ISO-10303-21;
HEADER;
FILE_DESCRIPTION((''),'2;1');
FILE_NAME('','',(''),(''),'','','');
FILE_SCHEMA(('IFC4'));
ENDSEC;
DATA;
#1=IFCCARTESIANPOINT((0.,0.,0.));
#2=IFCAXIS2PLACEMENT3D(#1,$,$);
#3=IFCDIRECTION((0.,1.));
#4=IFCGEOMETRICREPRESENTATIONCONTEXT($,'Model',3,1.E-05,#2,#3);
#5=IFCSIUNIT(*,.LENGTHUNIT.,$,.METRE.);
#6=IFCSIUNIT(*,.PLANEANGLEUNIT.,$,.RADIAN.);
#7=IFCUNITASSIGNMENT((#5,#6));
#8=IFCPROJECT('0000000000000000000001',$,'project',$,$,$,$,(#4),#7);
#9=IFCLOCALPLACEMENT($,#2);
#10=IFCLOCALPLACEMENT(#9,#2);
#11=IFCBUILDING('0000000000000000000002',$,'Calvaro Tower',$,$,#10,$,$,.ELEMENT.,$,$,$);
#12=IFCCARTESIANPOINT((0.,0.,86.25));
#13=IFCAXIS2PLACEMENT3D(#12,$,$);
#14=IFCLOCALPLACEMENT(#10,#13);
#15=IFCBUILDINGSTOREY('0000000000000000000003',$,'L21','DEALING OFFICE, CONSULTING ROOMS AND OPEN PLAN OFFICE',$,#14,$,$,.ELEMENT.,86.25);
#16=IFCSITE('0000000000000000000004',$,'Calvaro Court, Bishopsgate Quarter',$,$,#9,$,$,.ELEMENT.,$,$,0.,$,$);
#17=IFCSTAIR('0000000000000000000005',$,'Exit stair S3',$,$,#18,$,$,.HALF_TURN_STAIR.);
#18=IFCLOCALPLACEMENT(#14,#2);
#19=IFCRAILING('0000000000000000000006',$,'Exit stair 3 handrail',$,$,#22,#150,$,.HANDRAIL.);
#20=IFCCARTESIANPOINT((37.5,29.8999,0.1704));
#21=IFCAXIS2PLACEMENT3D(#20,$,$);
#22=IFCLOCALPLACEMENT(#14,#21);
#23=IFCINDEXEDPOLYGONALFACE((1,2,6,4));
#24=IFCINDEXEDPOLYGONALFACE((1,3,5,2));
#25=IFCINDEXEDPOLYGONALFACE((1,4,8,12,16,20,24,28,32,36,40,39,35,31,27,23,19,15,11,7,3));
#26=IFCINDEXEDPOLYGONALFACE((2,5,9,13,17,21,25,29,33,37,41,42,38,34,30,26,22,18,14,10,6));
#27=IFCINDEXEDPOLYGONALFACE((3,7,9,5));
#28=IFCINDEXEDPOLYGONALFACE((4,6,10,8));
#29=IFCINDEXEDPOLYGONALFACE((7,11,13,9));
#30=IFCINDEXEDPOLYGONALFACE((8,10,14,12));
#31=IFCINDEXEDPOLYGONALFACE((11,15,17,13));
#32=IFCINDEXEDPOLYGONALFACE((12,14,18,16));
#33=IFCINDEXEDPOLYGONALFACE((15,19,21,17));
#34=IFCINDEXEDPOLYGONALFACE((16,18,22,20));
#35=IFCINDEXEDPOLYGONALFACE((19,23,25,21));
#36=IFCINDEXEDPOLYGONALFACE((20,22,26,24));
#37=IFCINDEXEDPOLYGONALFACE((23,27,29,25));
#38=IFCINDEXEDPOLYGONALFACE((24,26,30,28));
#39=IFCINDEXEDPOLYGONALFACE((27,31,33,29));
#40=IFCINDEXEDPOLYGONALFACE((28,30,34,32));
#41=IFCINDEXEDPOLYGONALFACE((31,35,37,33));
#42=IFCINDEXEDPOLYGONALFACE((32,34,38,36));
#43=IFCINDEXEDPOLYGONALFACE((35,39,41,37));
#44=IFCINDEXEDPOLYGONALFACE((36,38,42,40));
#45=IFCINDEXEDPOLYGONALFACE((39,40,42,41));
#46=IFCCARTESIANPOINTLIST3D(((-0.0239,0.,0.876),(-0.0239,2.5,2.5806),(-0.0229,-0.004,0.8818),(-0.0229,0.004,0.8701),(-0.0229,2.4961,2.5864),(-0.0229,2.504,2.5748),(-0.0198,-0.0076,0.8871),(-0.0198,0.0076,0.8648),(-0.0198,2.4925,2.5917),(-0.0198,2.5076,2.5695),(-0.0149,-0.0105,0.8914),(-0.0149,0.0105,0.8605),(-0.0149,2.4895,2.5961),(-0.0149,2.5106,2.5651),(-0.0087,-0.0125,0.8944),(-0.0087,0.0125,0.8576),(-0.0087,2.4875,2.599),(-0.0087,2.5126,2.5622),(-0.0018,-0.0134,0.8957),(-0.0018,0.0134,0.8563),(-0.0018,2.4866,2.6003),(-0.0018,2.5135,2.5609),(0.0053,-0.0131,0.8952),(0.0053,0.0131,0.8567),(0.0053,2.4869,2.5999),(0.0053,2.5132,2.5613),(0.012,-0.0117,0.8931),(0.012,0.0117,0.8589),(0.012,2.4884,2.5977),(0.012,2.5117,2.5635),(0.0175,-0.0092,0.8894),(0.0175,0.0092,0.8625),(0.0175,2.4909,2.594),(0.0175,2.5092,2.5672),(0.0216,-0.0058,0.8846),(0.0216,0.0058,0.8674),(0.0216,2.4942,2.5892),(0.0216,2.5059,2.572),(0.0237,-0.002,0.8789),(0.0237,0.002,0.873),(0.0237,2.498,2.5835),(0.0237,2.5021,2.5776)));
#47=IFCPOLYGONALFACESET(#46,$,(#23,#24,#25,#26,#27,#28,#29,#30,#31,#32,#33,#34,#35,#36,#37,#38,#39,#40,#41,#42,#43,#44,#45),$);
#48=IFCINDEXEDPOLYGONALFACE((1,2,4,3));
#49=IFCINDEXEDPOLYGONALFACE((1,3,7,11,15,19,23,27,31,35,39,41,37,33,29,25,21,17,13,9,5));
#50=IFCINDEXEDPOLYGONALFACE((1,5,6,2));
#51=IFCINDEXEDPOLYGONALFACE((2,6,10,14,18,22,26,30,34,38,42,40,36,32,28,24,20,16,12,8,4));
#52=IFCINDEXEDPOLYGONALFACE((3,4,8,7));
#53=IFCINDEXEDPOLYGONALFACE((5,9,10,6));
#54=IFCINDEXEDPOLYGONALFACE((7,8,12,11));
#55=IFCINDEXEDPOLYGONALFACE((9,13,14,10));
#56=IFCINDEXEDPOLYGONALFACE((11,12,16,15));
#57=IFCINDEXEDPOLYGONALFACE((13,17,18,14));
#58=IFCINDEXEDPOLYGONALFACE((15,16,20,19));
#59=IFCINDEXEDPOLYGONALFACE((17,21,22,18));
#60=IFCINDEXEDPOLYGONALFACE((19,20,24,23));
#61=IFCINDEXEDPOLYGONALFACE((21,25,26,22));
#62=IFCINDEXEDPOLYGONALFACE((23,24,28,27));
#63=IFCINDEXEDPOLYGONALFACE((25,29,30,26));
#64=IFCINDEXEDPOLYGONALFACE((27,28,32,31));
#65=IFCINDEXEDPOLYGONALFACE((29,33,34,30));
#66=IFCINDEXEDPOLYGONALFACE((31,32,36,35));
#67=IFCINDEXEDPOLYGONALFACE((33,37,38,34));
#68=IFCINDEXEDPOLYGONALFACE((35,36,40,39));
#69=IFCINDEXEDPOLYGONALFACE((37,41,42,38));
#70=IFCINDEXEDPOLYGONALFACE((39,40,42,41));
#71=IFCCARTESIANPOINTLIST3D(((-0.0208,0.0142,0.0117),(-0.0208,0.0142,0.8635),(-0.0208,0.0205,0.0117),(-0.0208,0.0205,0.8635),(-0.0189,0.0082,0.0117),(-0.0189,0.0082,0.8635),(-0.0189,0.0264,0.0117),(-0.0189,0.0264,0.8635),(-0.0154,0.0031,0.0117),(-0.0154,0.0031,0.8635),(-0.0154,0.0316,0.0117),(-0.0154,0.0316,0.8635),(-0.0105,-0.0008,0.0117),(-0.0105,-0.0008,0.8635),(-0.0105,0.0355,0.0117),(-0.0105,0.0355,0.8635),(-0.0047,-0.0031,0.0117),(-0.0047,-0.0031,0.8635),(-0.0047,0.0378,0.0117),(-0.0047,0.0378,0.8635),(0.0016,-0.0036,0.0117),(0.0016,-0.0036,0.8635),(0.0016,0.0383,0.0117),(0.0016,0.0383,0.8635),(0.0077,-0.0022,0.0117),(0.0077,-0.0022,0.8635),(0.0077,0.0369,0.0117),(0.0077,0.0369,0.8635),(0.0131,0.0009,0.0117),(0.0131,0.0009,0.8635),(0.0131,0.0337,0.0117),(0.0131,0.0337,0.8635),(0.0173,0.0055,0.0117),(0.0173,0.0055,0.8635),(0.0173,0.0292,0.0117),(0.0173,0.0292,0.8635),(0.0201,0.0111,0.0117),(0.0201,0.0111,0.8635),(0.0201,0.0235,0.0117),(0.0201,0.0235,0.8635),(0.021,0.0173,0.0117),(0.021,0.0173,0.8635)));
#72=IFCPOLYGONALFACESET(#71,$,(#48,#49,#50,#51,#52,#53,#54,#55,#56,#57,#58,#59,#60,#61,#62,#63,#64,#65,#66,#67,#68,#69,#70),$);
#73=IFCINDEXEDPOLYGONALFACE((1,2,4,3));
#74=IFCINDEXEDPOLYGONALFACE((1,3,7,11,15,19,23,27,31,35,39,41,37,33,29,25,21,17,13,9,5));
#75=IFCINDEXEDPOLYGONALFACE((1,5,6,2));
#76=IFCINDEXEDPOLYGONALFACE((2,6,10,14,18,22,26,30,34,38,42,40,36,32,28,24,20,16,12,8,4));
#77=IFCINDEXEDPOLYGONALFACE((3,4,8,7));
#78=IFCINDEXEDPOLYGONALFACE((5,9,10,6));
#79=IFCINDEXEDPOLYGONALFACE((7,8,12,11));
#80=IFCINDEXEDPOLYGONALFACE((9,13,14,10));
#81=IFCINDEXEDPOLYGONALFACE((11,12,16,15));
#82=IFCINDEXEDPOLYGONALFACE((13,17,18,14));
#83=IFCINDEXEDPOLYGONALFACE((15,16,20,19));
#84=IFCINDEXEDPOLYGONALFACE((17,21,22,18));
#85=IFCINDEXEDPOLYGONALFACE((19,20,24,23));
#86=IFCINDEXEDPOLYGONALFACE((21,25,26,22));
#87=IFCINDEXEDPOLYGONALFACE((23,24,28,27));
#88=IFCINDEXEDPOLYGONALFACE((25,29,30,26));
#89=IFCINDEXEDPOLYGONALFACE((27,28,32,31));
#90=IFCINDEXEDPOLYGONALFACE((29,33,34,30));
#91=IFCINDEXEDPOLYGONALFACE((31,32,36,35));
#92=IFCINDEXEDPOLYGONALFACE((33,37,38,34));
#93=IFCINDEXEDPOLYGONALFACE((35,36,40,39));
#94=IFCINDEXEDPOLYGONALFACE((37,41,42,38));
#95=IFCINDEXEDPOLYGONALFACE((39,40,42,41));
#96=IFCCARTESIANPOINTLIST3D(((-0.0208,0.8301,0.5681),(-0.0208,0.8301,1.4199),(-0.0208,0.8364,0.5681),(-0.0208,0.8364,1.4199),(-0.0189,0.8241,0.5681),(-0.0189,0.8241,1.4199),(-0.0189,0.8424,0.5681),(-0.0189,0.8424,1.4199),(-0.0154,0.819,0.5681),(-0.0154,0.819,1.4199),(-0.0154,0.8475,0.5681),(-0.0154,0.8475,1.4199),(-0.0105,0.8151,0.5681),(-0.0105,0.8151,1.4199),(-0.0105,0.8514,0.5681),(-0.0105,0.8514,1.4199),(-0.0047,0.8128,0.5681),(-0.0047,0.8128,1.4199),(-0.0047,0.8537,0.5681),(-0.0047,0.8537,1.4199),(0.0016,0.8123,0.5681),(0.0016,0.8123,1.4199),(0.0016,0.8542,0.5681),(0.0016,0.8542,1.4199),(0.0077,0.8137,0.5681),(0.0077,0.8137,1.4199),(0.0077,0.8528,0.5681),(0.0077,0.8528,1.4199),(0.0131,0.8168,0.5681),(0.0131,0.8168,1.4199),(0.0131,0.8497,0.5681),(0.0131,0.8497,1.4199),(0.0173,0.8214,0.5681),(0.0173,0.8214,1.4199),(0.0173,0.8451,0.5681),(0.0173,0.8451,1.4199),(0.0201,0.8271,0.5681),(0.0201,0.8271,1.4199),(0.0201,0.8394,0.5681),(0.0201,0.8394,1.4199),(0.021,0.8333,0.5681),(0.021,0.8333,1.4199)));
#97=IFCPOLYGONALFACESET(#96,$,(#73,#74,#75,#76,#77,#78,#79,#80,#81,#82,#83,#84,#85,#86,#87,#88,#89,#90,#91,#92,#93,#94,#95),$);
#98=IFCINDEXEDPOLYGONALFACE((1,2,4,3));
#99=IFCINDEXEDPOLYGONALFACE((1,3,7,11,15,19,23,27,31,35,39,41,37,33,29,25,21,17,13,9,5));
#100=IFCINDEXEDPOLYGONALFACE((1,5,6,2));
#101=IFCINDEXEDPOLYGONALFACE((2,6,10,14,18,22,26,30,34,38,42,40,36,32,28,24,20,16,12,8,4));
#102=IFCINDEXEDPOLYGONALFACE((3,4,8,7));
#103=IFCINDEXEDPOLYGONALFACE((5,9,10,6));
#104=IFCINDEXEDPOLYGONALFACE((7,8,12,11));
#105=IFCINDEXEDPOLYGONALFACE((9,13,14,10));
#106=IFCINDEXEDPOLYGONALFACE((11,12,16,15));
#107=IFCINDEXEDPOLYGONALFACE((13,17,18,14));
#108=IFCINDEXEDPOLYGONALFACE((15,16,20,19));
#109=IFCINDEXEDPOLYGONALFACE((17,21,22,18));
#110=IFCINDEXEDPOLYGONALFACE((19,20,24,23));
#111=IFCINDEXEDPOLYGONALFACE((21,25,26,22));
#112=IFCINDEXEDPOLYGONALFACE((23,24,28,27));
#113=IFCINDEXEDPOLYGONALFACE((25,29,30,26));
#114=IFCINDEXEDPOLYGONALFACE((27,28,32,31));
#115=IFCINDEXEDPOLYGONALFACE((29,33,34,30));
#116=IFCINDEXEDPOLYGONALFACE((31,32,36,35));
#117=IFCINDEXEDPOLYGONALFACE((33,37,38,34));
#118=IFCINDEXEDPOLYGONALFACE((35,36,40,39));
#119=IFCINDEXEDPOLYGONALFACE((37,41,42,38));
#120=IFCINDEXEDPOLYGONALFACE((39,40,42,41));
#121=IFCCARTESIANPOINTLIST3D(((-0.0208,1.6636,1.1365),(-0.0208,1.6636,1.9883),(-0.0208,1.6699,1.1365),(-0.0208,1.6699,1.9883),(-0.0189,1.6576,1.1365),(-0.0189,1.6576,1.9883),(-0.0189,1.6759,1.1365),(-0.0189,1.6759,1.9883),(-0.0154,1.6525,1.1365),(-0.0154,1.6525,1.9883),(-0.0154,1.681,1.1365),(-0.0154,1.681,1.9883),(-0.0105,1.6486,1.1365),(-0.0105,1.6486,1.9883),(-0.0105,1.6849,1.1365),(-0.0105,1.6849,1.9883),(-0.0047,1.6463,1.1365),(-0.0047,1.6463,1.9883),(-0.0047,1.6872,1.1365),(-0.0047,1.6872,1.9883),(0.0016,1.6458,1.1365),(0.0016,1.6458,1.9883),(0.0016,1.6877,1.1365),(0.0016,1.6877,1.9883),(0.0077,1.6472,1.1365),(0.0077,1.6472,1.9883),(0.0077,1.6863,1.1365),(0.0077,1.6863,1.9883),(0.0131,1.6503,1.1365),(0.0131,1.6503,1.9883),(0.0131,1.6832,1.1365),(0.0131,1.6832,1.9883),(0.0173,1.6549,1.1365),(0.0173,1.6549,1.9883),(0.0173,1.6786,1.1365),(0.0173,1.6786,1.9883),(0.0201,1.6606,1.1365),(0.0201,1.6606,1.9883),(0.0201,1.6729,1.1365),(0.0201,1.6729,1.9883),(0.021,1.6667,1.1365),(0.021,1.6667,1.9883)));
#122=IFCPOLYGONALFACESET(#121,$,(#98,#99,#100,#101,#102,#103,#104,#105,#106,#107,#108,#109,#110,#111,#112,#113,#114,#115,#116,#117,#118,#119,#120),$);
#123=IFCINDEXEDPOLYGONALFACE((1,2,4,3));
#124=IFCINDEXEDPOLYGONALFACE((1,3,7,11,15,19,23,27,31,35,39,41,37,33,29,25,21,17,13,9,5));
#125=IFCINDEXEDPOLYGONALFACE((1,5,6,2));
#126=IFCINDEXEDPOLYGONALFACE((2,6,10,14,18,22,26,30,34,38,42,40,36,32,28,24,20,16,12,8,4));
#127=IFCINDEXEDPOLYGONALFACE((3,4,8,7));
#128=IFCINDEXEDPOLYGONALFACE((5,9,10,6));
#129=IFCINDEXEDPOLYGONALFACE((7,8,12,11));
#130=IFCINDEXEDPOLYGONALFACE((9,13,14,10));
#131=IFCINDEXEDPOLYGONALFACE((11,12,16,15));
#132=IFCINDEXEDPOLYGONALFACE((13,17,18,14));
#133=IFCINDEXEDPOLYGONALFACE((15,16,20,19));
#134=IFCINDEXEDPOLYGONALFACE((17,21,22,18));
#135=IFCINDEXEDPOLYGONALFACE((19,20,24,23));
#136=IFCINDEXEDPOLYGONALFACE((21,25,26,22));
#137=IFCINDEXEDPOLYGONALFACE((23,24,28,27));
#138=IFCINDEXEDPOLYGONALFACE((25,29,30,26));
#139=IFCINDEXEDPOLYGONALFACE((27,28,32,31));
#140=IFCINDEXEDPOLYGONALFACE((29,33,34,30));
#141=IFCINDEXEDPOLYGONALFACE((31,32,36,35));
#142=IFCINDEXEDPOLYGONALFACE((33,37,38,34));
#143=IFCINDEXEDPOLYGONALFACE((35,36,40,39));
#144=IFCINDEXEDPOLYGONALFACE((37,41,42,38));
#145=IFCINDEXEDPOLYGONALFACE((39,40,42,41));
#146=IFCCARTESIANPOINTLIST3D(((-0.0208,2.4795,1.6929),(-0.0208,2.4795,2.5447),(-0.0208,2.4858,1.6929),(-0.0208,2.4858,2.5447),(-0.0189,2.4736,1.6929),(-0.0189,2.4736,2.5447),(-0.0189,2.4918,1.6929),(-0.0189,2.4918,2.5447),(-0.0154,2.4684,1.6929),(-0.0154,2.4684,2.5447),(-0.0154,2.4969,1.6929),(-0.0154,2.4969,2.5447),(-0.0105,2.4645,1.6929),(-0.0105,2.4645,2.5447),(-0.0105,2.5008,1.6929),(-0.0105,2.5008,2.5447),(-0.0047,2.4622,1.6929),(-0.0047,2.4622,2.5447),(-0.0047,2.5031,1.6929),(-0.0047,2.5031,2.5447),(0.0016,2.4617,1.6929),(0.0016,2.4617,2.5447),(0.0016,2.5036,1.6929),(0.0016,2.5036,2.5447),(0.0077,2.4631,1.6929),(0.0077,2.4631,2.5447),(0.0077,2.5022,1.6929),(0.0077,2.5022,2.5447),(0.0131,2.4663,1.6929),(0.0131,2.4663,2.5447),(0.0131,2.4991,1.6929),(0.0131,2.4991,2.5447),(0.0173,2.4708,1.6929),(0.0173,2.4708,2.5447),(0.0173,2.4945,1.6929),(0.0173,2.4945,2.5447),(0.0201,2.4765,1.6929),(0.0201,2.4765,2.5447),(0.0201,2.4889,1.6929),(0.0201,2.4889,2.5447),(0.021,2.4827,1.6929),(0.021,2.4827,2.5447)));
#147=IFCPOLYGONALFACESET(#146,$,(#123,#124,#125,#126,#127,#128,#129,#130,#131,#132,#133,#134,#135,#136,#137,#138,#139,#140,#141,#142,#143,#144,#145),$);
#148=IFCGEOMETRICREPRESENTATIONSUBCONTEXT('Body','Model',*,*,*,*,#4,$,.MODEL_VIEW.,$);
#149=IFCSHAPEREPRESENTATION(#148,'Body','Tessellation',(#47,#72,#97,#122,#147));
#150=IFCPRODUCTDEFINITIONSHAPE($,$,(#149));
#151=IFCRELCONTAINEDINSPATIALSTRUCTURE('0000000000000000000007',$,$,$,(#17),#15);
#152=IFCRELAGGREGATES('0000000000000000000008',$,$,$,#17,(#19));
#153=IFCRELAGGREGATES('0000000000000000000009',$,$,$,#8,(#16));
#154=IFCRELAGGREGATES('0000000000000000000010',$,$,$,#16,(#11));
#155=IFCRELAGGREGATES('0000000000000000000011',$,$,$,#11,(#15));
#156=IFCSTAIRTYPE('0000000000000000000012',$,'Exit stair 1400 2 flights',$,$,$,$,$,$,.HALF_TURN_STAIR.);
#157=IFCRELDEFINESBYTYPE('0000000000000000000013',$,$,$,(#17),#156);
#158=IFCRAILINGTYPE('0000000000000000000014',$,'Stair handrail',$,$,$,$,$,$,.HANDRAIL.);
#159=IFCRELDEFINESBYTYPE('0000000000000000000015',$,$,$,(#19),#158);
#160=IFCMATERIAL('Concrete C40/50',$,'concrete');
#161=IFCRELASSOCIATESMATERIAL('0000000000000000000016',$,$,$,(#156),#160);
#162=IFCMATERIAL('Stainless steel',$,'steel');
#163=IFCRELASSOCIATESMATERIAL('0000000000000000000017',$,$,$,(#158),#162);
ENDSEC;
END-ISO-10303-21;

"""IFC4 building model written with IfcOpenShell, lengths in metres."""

from ifc_helpers import new_model, si_unit, direction, frame, origin, origin_2d, place, context, subcontext, project, spatial, circle, extrude, material, type_object, element, aggregate, save


model = new_model("IFC4")

# Units and contexts
model_context = context("Model", 3, precision=1e-05, world=origin(), true_north=direction((0.0, 1.0)))
body_context = subcontext(model_context, "Body", "Model", "MODEL_VIEW")
ifc_project = project(units=[si_unit("LENGTHUNIT", "METRE"), si_unit("PLANEANGLEUNIT", "RADIAN")], contexts=[model_context])

# Site, building, storey
site_placement = place(None, origin())
site = spatial("IfcSite", under=ifc_project, at=site_placement, Name="Calvaro Court, Bishopsgate Quarter", CompositionType="ELEMENT", RefElevation=0.0)
building_placement = place(site_placement, origin())
building = spatial("IfcBuilding", under=site, at=building_placement, Name="Calvaro Tower", CompositionType="ELEMENT")
storey_placement = place(building_placement, frame((0.0, 0.0, 86.25)))
storey = spatial("IfcBuildingStorey", under=building, at=storey_placement, Name="L21", Description="DEALING OFFICE, CONSULTING ROOMS AND OPEN PLAN OFFICE", CompositionType="ELEMENT", Elevation=86.25)

# Stair
ifc_material_1 = material(Name="Concrete C40/50", Category="concrete")
stair_type = type_object("IfcStairType", Name="Exit stair 1400 2 flights", PredefinedType="HALF_TURN_STAIR", material=ifc_material_1)
stair_1_placement = place(storey_placement, origin())
stair_1 = element("IfcStair", 1, at=stair_1_placement, inside=storey, type_object=stair_type, Name="Exit stair S3", PredefinedType="HALF_TURN_STAIR")

# Railing
ifc_material_2 = material(Name="Stainless steel", Category="steel")
railing_type = type_object("IfcRailingType", Name="Stair handrail", PredefinedType="HANDRAIL", material=ifc_material_2)
railing_1_placement = place(storey_placement, frame((37.5, 29.8999, 0.1704)))
railing_1 = element("IfcRailing", 2, at=railing_1_placement, type_object=railing_type, Name="Exit stair 3 handrail", PredefinedType="HANDRAIL", context=body_context, shape_type="SweptSolid", body=[
    extrude(circle(Radius=0.0239, at=origin_2d()), frame((0.0, 0.0, 0.876), z_axis=(0.0, 0.826221, 0.563347), x_axis=(-1.0, 0.0, 0.0)), (0.0, 0.0, 1.0), 3.0259),
    extrude(circle(Radius=0.021, at=origin_2d()), frame((0.0, 0.0173, 0.0117)), (0.0, 0.0, 1.0), 0.8518),
    extrude(circle(Radius=0.021, at=origin_2d()), frame((0.0, 0.8333, 0.5681)), (0.0, 0.0, 1.0), 0.8518),
    extrude(circle(Radius=0.021, at=origin_2d()), frame((0.0, 1.6667, 1.1365)), (0.0, 0.0, 1.0), 0.8518),
    extrude(circle(Radius=0.021, at=origin_2d()), frame((0.0, 2.4827, 1.6929)), (0.0, 0.0, 1.0), 0.8518),
])
aggregate(stair_1, [railing_1])

save(model, "model.ifc")
